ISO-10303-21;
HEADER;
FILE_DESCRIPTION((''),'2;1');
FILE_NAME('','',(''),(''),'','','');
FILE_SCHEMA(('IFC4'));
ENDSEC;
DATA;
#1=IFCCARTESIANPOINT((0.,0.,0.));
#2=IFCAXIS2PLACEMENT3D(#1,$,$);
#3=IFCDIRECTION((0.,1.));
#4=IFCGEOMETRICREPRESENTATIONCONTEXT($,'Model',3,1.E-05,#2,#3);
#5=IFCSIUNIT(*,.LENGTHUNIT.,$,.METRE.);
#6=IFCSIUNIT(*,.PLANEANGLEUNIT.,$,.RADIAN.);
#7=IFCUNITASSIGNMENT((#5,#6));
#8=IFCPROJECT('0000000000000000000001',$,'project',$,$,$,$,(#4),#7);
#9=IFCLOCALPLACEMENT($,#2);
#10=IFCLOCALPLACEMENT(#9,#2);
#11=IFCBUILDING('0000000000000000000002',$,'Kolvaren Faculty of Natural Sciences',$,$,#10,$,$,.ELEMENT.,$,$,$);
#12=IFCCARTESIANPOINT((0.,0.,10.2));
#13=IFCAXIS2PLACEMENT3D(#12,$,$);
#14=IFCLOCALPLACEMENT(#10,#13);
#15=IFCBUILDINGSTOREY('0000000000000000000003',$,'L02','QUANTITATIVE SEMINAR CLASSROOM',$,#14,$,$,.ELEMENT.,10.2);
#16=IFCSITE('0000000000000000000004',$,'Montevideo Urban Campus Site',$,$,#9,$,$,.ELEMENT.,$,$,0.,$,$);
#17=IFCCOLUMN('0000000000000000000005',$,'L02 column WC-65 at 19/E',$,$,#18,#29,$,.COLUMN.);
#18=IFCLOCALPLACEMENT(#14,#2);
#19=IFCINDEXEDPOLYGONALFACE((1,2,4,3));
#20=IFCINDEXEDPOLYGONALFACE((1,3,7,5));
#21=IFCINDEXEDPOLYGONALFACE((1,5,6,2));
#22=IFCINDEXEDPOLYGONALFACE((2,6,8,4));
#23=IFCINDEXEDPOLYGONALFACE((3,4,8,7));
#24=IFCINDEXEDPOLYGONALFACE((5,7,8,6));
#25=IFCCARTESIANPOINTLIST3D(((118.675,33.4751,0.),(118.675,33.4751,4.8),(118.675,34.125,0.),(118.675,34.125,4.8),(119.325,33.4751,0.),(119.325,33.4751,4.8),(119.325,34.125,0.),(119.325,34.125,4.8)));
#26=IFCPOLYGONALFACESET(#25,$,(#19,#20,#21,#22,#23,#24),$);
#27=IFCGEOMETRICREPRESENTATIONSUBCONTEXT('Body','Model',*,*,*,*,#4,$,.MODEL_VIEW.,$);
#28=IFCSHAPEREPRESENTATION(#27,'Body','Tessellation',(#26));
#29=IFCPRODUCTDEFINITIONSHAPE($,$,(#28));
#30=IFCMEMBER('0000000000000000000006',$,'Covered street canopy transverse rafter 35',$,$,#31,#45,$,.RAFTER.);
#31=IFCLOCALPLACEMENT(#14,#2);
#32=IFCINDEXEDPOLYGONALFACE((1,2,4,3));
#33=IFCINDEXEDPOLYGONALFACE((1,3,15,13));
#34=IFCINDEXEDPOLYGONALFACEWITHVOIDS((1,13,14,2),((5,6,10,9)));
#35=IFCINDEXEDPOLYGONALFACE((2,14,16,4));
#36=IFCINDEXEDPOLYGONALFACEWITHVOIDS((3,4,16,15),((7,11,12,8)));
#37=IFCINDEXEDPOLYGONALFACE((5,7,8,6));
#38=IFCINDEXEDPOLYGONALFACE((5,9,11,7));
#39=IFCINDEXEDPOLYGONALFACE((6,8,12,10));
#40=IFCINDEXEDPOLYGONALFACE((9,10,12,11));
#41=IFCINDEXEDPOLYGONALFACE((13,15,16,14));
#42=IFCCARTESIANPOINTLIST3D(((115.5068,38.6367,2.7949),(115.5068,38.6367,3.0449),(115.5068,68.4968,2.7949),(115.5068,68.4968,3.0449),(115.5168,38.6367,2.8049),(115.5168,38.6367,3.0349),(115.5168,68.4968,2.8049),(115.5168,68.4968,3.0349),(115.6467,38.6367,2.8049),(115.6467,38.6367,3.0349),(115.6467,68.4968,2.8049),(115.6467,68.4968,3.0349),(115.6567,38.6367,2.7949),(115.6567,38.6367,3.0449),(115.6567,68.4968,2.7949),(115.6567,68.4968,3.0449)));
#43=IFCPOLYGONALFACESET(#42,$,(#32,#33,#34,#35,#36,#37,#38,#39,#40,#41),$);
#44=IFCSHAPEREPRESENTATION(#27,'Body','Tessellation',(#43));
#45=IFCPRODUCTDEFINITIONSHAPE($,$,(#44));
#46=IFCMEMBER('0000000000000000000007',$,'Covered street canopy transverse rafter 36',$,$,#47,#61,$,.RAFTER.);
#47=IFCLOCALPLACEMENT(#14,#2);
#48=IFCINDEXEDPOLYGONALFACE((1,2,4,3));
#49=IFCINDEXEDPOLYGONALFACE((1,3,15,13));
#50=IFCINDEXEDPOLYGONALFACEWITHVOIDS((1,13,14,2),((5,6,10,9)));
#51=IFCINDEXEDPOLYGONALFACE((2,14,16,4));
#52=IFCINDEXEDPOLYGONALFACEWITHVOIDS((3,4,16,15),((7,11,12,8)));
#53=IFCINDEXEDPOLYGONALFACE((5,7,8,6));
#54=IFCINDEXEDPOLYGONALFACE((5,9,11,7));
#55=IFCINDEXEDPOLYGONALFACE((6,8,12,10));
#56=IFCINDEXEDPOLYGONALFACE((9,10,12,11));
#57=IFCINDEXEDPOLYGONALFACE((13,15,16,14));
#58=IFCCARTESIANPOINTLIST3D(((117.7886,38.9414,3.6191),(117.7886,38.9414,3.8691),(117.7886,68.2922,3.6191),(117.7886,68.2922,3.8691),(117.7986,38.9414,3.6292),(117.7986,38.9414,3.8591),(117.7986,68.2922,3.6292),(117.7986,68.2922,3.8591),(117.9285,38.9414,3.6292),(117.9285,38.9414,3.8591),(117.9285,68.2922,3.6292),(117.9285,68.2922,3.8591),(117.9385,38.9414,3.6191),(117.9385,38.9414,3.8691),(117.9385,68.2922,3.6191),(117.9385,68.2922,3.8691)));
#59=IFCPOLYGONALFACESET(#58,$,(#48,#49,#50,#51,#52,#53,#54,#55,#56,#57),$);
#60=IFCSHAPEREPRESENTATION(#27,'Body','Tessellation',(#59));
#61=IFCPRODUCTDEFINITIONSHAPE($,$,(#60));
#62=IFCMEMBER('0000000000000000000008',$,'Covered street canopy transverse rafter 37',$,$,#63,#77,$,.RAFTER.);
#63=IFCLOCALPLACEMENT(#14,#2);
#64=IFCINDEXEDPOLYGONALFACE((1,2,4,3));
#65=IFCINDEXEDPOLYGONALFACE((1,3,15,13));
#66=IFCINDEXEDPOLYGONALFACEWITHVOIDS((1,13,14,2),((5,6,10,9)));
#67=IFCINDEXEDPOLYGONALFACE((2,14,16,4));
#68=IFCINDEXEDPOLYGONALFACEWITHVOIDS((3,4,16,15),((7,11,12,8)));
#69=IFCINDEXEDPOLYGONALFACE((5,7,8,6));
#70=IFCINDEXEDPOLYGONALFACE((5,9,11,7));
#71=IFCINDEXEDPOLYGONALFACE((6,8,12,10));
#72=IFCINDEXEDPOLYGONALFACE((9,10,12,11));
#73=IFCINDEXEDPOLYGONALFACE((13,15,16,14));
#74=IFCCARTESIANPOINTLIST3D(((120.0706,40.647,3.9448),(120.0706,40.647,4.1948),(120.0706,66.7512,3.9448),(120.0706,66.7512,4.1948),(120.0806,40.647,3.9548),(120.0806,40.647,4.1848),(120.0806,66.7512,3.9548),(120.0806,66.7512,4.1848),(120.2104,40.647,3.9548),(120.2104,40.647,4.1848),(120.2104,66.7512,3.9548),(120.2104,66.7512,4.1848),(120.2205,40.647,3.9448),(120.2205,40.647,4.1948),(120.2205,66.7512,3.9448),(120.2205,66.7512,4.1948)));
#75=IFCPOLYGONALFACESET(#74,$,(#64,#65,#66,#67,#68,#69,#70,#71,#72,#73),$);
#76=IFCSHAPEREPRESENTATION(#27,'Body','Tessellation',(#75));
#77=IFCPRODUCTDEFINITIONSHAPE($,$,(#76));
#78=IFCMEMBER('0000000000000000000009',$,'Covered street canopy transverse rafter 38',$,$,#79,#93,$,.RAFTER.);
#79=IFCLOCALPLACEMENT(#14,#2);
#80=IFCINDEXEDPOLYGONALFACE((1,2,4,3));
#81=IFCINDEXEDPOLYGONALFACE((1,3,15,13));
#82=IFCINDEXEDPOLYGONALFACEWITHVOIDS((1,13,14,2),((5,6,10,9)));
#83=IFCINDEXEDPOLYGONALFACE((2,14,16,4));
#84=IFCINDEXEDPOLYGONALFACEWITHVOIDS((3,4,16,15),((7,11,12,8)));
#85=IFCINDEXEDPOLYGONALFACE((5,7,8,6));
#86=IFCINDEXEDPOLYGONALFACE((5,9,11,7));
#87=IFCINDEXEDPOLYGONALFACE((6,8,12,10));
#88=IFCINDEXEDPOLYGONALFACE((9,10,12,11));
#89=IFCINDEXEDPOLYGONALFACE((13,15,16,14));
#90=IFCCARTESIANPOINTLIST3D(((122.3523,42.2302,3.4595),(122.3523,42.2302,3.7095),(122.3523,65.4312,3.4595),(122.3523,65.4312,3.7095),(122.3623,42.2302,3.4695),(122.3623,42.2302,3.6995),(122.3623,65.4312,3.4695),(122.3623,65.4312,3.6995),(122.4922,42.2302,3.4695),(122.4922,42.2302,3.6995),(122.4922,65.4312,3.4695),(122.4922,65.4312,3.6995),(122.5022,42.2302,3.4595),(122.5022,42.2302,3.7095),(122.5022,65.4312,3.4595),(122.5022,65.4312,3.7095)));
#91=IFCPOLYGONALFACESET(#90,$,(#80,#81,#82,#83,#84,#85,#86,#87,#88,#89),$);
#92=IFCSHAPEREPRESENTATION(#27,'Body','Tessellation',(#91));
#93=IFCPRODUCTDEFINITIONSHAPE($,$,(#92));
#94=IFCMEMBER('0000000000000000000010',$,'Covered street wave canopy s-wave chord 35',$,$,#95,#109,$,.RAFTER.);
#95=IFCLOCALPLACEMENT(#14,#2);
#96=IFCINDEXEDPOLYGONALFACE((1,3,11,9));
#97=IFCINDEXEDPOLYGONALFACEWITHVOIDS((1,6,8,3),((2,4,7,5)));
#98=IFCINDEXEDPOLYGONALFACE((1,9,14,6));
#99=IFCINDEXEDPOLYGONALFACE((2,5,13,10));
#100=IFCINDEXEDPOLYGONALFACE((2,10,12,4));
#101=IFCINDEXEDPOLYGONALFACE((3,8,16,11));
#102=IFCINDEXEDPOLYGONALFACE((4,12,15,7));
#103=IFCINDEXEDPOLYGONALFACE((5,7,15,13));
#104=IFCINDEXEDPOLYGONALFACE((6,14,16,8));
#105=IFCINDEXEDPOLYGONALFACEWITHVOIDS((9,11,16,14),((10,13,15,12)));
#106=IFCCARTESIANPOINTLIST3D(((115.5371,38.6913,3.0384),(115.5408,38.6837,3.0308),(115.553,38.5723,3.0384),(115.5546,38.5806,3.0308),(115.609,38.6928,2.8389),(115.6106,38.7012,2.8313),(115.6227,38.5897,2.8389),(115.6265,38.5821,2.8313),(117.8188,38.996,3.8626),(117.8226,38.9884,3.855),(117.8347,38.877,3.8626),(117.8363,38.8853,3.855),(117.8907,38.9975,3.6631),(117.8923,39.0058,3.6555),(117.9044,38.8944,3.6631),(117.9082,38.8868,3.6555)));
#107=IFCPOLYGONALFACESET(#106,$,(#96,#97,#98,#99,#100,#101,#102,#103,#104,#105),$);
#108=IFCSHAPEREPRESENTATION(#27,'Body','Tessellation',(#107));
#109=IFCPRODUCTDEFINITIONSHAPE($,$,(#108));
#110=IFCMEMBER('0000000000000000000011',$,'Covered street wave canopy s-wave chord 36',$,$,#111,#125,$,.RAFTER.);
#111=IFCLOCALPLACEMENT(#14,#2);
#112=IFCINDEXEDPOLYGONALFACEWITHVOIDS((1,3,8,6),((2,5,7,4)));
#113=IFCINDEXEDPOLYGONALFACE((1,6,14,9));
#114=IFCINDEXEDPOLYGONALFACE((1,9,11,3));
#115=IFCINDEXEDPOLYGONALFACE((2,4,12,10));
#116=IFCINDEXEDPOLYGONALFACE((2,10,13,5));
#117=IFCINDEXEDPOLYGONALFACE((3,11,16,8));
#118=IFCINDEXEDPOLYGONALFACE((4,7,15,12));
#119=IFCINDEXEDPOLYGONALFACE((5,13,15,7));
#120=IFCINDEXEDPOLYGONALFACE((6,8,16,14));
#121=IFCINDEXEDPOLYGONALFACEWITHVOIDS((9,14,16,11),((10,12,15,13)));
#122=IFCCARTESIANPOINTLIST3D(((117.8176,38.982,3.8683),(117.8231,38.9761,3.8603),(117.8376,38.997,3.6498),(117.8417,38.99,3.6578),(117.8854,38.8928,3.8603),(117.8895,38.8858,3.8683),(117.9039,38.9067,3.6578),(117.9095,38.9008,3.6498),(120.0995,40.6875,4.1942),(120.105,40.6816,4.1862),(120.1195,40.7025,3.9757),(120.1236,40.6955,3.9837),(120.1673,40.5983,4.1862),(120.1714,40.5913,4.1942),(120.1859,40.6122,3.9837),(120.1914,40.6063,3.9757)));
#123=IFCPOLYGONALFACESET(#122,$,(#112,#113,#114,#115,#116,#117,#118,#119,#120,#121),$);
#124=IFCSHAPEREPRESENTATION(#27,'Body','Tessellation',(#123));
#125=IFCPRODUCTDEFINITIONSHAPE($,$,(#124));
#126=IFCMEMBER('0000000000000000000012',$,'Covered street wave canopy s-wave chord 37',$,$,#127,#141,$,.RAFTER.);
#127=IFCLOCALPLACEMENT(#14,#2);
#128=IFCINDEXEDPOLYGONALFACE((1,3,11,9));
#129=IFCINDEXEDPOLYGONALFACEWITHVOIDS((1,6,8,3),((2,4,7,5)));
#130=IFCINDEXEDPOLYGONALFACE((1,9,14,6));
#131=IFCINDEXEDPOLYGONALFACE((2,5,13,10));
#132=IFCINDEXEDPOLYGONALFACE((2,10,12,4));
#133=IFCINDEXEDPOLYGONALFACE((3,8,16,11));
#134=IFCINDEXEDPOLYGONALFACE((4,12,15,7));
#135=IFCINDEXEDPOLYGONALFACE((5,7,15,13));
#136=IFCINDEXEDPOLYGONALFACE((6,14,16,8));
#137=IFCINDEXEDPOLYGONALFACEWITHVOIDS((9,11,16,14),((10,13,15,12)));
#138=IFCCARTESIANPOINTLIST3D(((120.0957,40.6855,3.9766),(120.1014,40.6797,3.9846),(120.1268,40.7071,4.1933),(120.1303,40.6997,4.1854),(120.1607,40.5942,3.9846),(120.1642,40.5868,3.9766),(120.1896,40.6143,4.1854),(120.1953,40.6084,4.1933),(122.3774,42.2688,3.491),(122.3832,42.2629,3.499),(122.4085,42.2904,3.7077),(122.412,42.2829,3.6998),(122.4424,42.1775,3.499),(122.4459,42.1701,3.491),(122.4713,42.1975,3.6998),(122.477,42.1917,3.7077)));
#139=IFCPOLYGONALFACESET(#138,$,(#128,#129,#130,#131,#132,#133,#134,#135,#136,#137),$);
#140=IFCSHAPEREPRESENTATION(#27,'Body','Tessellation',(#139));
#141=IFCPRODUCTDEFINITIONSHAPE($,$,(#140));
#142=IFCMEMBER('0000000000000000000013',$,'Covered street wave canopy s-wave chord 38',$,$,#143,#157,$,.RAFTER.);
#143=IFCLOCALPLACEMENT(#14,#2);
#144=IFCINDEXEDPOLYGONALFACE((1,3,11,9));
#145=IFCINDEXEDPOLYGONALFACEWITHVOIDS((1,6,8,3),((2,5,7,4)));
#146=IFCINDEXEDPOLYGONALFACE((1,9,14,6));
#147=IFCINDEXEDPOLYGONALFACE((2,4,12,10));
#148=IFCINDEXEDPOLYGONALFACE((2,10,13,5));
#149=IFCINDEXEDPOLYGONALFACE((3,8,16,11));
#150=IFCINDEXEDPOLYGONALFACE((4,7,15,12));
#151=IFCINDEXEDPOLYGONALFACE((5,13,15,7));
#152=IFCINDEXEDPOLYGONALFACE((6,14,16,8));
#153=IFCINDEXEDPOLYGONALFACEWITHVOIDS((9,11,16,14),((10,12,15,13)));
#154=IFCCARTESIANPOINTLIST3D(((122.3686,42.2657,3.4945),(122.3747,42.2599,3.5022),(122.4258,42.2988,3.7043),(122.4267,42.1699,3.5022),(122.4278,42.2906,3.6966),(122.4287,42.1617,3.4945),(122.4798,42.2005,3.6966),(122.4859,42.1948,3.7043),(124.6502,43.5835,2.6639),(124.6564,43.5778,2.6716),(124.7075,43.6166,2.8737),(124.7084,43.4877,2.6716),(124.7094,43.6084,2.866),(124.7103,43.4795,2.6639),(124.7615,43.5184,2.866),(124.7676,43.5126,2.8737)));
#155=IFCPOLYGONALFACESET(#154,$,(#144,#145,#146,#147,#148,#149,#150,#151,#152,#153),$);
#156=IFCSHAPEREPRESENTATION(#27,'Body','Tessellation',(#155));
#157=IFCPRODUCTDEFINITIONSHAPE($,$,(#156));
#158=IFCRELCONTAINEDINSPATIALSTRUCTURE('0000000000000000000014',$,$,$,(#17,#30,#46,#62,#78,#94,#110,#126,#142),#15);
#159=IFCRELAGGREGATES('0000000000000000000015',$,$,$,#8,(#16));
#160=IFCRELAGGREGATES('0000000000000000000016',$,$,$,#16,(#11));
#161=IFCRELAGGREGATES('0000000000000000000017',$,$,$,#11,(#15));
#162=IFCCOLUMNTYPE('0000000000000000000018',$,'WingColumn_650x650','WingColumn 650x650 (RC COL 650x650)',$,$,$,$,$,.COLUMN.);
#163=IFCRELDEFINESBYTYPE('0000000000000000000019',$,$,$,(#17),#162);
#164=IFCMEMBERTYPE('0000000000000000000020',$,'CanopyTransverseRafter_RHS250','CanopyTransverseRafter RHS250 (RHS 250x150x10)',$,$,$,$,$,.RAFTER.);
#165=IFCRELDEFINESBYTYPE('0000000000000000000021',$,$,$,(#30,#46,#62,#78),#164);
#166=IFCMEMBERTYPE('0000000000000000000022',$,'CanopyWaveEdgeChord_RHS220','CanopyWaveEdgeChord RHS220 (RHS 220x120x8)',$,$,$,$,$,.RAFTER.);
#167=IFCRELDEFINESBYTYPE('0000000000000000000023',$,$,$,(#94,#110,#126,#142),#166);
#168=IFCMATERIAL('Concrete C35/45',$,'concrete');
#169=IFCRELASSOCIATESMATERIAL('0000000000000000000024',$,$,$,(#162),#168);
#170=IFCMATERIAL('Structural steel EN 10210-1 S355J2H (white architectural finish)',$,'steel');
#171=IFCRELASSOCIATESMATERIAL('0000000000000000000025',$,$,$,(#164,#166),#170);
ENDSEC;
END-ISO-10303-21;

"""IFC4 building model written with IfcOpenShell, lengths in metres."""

from ifc_helpers import new_model, si_unit, direction, frame, origin, origin_2d, place, context, subcontext, project, spatial, rectangle, hollow_rectangle, extrude, material, material_profile, profile_set, type_object, element, save


model = new_model("IFC4")

# Units and contexts
model_context = context("Model", 3, precision=1e-05, world=origin(), true_north=direction((0.0, 1.0)))
body_context = subcontext(model_context, "Body", "Model", "MODEL_VIEW")
ifc_project = project(units=[si_unit("LENGTHUNIT", "METRE"), si_unit("PLANEANGLEUNIT", "RADIAN")], contexts=[model_context])

# Site, building, storey
site_placement = place(None, origin())
site = spatial("IfcSite", under=ifc_project, at=site_placement, Name="Montevideo Urban Campus Site", CompositionType="ELEMENT", RefElevation=0.0)
building_placement = place(site_placement, origin())
building = spatial("IfcBuilding", under=site, at=building_placement, Name="Kolvaren Faculty of Natural Sciences", CompositionType="ELEMENT")
storey_placement = place(building_placement, frame((0.0, 0.0, 10.2)))
storey = spatial("IfcBuildingStorey", under=building, at=storey_placement, Name="L02", Description="QUANTITATIVE SEMINAR CLASSROOM", CompositionType="ELEMENT", Elevation=10.2)

# Column
ifc_material_1 = material(Name="Concrete C35/45", Category="concrete")
ifc_material_profile_1 = material_profile(ifc_material_1, rectangle(XDim=0.6499, YDim=0.6499, at=origin_2d()), Name="RC COL 650x650")
ifc_profile_set_1 = profile_set([ifc_material_profile_1], Name="Concrete C35/45")
column_type = type_object("IfcColumnType", Name="WingColumn_650x650", Description="WingColumn 650x650 (RC COL 650x650)", PredefinedType="COLUMN", material=ifc_profile_set_1)
column_placement = place(storey_placement, frame((119.0, 33.8, 0.0), z_axis=(0.0, 0.0, 1.0), x_axis=(1.0, 0.0, 0.0)))
element("IfcColumn", 1, at=column_placement, inside=storey, type_object=column_type, Name="L02 column WC-65 at 19/E", PredefinedType="COLUMN", context=body_context, shape_type="SweptSolid", body=[
    extrude(rectangle(XDim=0.6499, YDim=0.6499, at=origin_2d()), origin(), (0.0, 0.0, 1.0), 4.8),
])

# Members
ifc_material_2 = material(Name="Structural steel EN 10210-1 S355J2H (white architectural finish)", Category="steel")
ifc_material_profile_2 = material_profile(ifc_material_2, hollow_rectangle(XDim=0.1499, YDim=0.25, WallThickness=0.01, at=origin_2d()), Name="RHS 250x150x10")
ifc_profile_set_2 = profile_set([ifc_material_profile_2], Name="Structural steel EN 10210-1 S355J2H (white architectural finish)")
member_type_1 = type_object("IfcMemberType", Name="CanopyTransverseRafter_RHS250", Description="CanopyTransverseRafter RHS250 (RHS 250x150x10)", PredefinedType="RAFTER", material=ifc_profile_set_2)
member_1_placement = place(storey_placement, frame((115.5818, 38.6367, 2.9199), z_axis=(0.0, 1.0, 0.0), x_axis=(-1.0, 0.0, 0.0)))
element("IfcMember", 2, at=member_1_placement, inside=storey, type_object=member_type_1, Name="Covered street canopy transverse rafter 35", PredefinedType="RAFTER", context=body_context, shape_type="SweptSolid", body=[
    extrude(hollow_rectangle(XDim=0.1499, YDim=0.25, WallThickness=0.01, at=origin_2d()), origin(), (0.0, 0.0, 1.0), 29.8601),
])
member_2_placement = place(storey_placement, frame((117.8635, 38.9414, 3.7441), z_axis=(0.0, 1.0, 0.0), x_axis=(-1.0, 0.0, 0.0)))
element("IfcMember", 3, at=member_2_placement, inside=storey, type_object=member_type_1, Name="Covered street canopy transverse rafter 36", PredefinedType="RAFTER", context=body_context, shape_type="SweptSolid", body=[
    extrude(hollow_rectangle(XDim=0.1499, YDim=0.25, WallThickness=0.01, at=origin_2d()), origin(), (0.0, 0.0, 1.0), 29.3508),
])
member_3_placement = place(storey_placement, frame((120.1455, 40.647, 4.0698), z_axis=(0.0, 1.0, 0.0), x_axis=(-1.0, 0.0, 0.0)))
element("IfcMember", 4, at=member_3_placement, inside=storey, type_object=member_type_1, Name="Covered street canopy transverse rafter 37", PredefinedType="RAFTER", context=body_context, shape_type="SweptSolid", body=[
    extrude(hollow_rectangle(XDim=0.1499, YDim=0.25, WallThickness=0.01, at=origin_2d()), origin(), (0.0, 0.0, 1.0), 26.1042),
])
member_4_placement = place(storey_placement, frame((122.4272, 42.2302, 3.5845), z_axis=(0.0, 1.0, 0.0), x_axis=(-1.0, 0.0, 0.0)))
element("IfcMember", 5, at=member_4_placement, inside=storey, type_object=member_type_1, Name="Covered street canopy transverse rafter 38", PredefinedType="RAFTER", context=body_context, shape_type="SweptSolid", body=[
    extrude(hollow_rectangle(XDim=0.1499, YDim=0.25, WallThickness=0.01, at=origin_2d()), origin(), (0.0, 0.0, 1.0), 23.2009),
])
ifc_material_profile_3 = material_profile(ifc_material_2, hollow_rectangle(XDim=0.1201, YDim=0.22, WallThickness=0.0081, at=origin_2d()), Name="RHS 220x120x8")
ifc_profile_set_3 = profile_set([ifc_material_profile_3], Name="Structural steel EN 10210-1 S355J2H (white architectural finish)")
member_type_2 = type_object("IfcMemberType", Name="CanopyWaveEdgeChord_RHS220", Description="CanopyWaveEdgeChord RHS220 (RHS 220x120x8)", PredefinedType="RAFTER", material=ifc_profile_set_3)
member_5_placement = place(storey_placement, frame((115.5818, 38.6367, 2.9348), z_axis=(0.933189, 0.124612, 0.33709), x_axis=(-0.132358, 0.991202, 0.0)))
element("IfcMember", 6, at=member_5_placement, inside=storey, type_object=member_type_2, Name="Covered street wave canopy s-wave chord 35", PredefinedType="RAFTER", context=body_context, shape_type="SweptSolid", body=[
    extrude(hollow_rectangle(XDim=0.1201, YDim=0.22, WallThickness=0.0081, at=origin_2d()), origin(), (0.0, 0.0, 1.0), 2.4451),
])
member_6_placement = place(storey_placement, frame((117.8635, 38.9414, 3.759), z_axis=(0.795805, 0.594789, 0.113662), x_axis=(-0.598669, 0.800996, 0.0)))
element("IfcMember", 7, at=member_6_placement, inside=storey, type_object=member_type_2, Name="Covered street wave canopy s-wave chord 36", PredefinedType="RAFTER", context=body_context, shape_type="SweptSolid", body=[
    extrude(hollow_rectangle(XDim=0.1201, YDim=0.22, WallThickness=0.0081, at=origin_2d()), origin(), (0.0, 0.0, 1.0), 2.8674),
])
member_7_placement = place(storey_placement, frame((120.1455, 40.647, 4.085), z_axis=(0.809309, 0.561563, -0.172236), x_axis=(-0.570083, 0.821587, 0.0)))
element("IfcMember", 8, at=member_7_placement, inside=storey, type_object=member_type_2, Name="Covered street wave canopy s-wave chord 37", PredefinedType="RAFTER", context=body_context, shape_type="SweptSolid", body=[
    extrude(hollow_rectangle(XDim=0.1201, YDim=0.22, WallThickness=0.0081, at=origin_2d()), origin(), (0.0, 0.0, 1.0), 2.8193),
])
member_8_placement = place(storey_placement, frame((122.4272, 42.2302, 3.5994), z_axis=(0.825885, 0.477009, -0.300627), x_axis=(-0.500145, 0.865942, 0.0)))
element("IfcMember", 9, at=member_8_placement, inside=storey, type_object=member_type_2, Name="Covered street wave canopy s-wave chord 38", PredefinedType="RAFTER", context=body_context, shape_type="SweptSolid", body=[
    extrude(hollow_rectangle(XDim=0.1201, YDim=0.22, WallThickness=0.0081, at=origin_2d()), origin(), (0.0, 0.0, 1.0), 2.7627),
])

save(model, "model.ifc")
